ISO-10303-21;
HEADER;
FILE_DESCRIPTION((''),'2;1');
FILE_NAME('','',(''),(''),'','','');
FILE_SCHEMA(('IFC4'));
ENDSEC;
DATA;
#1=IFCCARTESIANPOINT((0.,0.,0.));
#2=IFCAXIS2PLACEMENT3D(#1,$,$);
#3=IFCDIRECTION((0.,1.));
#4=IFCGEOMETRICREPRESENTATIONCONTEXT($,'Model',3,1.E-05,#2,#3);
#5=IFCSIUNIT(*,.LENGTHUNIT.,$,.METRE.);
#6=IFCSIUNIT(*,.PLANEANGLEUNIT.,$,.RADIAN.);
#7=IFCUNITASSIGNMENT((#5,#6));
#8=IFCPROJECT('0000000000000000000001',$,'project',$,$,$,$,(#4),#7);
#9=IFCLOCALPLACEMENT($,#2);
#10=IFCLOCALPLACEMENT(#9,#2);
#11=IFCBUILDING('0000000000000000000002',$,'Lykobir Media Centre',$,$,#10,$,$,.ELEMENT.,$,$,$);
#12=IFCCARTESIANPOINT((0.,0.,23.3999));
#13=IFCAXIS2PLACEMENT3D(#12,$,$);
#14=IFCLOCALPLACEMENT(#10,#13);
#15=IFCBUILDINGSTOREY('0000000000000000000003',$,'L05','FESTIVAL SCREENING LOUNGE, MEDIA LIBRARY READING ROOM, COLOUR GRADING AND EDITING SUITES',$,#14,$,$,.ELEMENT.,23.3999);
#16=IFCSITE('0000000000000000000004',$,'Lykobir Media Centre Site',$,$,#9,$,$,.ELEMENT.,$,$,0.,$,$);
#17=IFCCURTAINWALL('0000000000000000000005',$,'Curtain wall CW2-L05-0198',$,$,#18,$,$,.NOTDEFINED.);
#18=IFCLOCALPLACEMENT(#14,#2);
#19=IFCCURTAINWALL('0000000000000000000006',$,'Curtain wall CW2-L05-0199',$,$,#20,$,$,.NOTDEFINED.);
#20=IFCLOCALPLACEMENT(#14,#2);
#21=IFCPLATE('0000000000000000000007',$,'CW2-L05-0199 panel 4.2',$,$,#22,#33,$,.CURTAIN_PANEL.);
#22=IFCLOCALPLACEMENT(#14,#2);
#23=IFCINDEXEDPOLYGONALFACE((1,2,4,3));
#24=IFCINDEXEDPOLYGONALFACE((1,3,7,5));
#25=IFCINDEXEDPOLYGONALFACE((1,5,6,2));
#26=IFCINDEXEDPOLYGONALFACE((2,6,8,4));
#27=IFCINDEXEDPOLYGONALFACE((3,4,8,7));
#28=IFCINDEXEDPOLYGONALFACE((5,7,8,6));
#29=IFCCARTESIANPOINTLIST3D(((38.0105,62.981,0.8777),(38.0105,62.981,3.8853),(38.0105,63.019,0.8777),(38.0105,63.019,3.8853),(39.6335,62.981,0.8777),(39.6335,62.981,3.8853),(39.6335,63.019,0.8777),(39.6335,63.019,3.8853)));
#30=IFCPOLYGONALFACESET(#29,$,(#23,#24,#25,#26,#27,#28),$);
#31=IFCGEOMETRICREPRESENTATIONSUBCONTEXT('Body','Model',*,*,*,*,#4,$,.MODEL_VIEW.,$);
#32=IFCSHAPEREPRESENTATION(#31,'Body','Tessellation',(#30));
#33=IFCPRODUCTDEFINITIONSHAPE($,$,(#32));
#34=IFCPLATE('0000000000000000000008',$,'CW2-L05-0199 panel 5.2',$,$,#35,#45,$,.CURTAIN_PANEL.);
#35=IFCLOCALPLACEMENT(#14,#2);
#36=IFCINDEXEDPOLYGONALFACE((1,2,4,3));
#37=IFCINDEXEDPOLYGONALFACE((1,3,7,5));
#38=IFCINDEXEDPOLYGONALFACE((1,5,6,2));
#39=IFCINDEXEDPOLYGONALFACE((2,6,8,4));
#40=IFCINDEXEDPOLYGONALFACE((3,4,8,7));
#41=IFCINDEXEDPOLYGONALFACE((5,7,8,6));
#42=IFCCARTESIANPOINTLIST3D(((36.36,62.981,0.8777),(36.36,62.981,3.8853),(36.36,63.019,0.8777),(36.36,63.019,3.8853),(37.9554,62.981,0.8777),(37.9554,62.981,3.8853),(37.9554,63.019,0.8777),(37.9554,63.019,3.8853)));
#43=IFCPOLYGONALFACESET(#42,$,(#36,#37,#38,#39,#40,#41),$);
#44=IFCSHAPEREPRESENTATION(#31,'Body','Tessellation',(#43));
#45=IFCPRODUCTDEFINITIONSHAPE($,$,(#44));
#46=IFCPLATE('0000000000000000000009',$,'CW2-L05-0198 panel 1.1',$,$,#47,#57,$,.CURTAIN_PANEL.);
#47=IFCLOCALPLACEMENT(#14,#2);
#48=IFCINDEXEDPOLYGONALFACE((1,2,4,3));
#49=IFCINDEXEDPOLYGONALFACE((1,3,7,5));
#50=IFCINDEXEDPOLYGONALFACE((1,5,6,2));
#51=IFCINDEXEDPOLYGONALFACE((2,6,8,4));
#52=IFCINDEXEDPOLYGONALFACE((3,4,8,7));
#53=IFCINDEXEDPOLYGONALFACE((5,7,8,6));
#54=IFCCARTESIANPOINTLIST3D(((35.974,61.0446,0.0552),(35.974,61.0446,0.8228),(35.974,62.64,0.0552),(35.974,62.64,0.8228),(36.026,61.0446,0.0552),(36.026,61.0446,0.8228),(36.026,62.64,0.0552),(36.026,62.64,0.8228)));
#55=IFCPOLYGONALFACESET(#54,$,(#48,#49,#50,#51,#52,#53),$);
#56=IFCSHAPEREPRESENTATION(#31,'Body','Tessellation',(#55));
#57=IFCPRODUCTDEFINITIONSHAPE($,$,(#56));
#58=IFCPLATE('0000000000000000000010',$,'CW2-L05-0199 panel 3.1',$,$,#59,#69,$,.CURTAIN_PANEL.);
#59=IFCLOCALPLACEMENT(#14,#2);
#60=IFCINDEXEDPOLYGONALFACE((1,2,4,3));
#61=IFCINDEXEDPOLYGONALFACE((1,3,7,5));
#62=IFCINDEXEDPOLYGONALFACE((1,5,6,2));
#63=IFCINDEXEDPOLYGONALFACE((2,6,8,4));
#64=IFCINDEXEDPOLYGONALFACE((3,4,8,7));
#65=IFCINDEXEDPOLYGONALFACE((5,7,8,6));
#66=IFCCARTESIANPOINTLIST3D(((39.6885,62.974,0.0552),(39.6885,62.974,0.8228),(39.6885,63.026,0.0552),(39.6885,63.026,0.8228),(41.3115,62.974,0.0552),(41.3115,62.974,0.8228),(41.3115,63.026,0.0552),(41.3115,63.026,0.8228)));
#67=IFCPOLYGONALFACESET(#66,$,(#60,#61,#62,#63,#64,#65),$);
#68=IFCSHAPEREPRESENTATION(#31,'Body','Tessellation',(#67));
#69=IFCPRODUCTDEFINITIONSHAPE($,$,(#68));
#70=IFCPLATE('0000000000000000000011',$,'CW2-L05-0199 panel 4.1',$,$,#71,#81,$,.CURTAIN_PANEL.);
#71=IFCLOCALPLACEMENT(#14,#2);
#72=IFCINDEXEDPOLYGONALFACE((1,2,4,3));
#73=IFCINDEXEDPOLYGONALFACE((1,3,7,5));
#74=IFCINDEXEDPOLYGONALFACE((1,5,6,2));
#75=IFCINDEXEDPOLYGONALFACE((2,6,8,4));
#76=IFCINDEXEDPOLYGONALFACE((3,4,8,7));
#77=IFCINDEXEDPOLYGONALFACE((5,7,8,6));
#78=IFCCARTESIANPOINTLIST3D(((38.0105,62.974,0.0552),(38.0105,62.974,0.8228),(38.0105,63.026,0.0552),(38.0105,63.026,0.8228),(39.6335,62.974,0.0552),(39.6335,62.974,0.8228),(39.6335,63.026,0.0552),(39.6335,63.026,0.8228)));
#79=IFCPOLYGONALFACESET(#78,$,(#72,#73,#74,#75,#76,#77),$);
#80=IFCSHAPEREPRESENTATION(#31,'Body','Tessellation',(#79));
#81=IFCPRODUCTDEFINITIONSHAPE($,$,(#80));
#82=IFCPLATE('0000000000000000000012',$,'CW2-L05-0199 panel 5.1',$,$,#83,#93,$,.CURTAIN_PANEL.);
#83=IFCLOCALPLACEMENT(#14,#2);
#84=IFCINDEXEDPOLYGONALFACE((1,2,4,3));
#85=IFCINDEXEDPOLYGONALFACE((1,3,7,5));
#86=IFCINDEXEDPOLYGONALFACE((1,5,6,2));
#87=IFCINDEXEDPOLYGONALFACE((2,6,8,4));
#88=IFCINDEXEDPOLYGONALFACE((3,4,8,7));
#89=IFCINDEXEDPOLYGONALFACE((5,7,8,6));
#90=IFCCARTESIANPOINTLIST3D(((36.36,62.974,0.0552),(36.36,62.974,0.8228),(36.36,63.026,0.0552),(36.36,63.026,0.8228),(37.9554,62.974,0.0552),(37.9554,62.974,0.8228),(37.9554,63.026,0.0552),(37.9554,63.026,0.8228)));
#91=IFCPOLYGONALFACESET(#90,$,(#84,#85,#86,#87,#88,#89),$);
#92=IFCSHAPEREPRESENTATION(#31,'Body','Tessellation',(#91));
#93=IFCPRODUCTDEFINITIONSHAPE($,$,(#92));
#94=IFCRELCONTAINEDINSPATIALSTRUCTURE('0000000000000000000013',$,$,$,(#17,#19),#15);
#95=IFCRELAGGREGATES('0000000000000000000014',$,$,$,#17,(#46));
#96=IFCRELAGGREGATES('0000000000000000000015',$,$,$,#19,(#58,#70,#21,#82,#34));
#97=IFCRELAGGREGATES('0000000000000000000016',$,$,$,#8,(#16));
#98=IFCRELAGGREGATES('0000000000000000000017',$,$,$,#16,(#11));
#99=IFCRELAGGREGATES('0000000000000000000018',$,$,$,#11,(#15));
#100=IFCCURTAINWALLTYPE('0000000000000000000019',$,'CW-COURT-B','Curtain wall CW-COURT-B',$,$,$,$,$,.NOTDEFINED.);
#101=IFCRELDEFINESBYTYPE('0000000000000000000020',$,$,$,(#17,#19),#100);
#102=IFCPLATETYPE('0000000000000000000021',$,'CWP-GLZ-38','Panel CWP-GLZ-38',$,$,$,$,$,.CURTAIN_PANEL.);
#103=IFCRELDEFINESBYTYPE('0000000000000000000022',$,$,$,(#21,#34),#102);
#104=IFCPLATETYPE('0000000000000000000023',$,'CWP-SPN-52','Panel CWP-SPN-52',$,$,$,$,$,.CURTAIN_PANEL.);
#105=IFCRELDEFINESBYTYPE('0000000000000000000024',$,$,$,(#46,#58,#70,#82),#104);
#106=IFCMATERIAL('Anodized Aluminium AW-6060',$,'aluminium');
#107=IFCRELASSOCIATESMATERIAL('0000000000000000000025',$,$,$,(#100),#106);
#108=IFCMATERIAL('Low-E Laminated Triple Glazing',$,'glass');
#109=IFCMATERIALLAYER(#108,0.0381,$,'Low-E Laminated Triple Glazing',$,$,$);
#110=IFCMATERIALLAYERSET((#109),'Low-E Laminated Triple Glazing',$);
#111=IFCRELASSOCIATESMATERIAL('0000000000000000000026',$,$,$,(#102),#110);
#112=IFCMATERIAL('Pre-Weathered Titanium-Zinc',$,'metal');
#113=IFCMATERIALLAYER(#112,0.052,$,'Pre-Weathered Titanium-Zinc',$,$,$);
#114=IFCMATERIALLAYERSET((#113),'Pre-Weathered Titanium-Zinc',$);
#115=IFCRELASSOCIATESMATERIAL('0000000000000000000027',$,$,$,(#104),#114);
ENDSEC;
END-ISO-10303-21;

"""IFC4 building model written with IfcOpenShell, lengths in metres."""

from ifc_helpers import new_model, si_unit, direction, frame, origin, origin_2d, place, context, subcontext, project, spatial, rectangle, extrude, material, layer, layer_set, type_object, element, aggregate, save


model = new_model("IFC4")

# Units and contexts
model_context = context("Model", 3, precision=1e-05, world=origin(), true_north=direction((0.0, 1.0)))
body_context = subcontext(model_context, "Body", "Model", "MODEL_VIEW")
ifc_project = project(units=[si_unit("LENGTHUNIT", "METRE"), si_unit("PLANEANGLEUNIT", "RADIAN")], contexts=[model_context])

# Site, building, storey
site_placement = place(None, origin())
site = spatial("IfcSite", under=ifc_project, at=site_placement, Name="Lykobir Media Centre Site", CompositionType="ELEMENT", RefElevation=0.0)
building_placement = place(site_placement, origin())
building = spatial("IfcBuilding", under=site, at=building_placement, Name="Lykobir Media Centre", CompositionType="ELEMENT")
storey_placement = place(building_placement, frame((0.0, 0.0, 23.3999)))
storey = spatial("IfcBuildingStorey", under=building, at=storey_placement, Name="L05", Description="FESTIVAL SCREENING LOUNGE, MEDIA LIBRARY READING ROOM, COLOUR GRADING AND EDITING SUITES", CompositionType="ELEMENT", Elevation=23.3999)

# Curtain walls
ifc_material_1 = material(Name="Anodized Aluminium AW-6060", Category="aluminium")
curtain_wall_type = type_object("IfcCurtainWallType", Name="CW-COURT-B", Description="Curtain wall CW-COURT-B", PredefinedType="NOTDEFINED", material=ifc_material_1)
curtain_wall_1_placement = place(storey_placement, origin())
curtain_wall_1 = element("IfcCurtainWall", 1, at=curtain_wall_1_placement, inside=storey, type_object=curtain_wall_type, Name="Curtain wall CW2-L05-0198", PredefinedType="NOTDEFINED")
curtain_wall_2_placement = place(storey_placement, origin())
curtain_wall_2 = element("IfcCurtainWall", 2, at=curtain_wall_2_placement, inside=storey, type_object=curtain_wall_type, Name="Curtain wall CW2-L05-0199", PredefinedType="NOTDEFINED")

# Plates
ifc_material_2 = material(Name="Low-E Laminated Triple Glazing", Category="glass")
ifc_layer_1 = layer(ifc_material_2, 0.0381, Name="Low-E Laminated Triple Glazing")
ifc_layer_set_1 = layer_set([ifc_layer_1], Name="Low-E Laminated Triple Glazing")
plate_type_1 = type_object("IfcPlateType", Name="CWP-GLZ-38", Description="Panel CWP-GLZ-38", PredefinedType="CURTAIN_PANEL", material=ifc_layer_set_1)
plate_1_placement = place(storey_placement, frame((38.822, 63.0, 0.8777), z_axis=(0.0, 0.0, 1.0), x_axis=(-1.0, 0.0, 0.0)))
plate_1 = element("IfcPlate", 3, at=plate_1_placement, type_object=plate_type_1, Name="CW2-L05-0199 panel 4.2", PredefinedType="CURTAIN_PANEL", context=body_context, shape_type="SweptSolid", body=[
    extrude(rectangle(XDim=1.623, YDim=0.0381, at=origin_2d()), origin(), (0.0, 0.0, 1.0), 3.0076),
])
plate_2_placement = place(storey_placement, frame((37.1577, 63.0, 0.8777), z_axis=(0.0, 0.0, 1.0), x_axis=(-1.0, 0.0, 0.0)))
plate_2 = element("IfcPlate", 4, at=plate_2_placement, type_object=plate_type_1, Name="CW2-L05-0199 panel 5.2", PredefinedType="CURTAIN_PANEL", context=body_context, shape_type="SweptSolid", body=[
    extrude(rectangle(XDim=1.5955, YDim=0.0381, at=origin_2d()), origin(), (0.0, 0.0, 1.0), 3.0076),
])
ifc_material_3 = material(Name="Pre-Weathered Titanium-Zinc", Category="metal")
ifc_layer_2 = layer(ifc_material_3, 0.052, Name="Pre-Weathered Titanium-Zinc")
ifc_layer_set_2 = layer_set([ifc_layer_2], Name="Pre-Weathered Titanium-Zinc")
plate_type_2 = type_object("IfcPlateType", Name="CWP-SPN-52", Description="Panel CWP-SPN-52", PredefinedType="CURTAIN_PANEL", material=ifc_layer_set_2)
plate_3_placement = place(storey_placement, frame((36.0, 61.8423, 0.0552), z_axis=(0.0, 0.0, 1.0), x_axis=(0.0, -1.0, 0.0)))
plate_3 = element("IfcPlate", 5, at=plate_3_placement, type_object=plate_type_2, Name="CW2-L05-0198 panel 1.1", PredefinedType="CURTAIN_PANEL", context=body_context, shape_type="SweptSolid", body=[
    extrude(rectangle(XDim=1.5955, YDim=0.052, at=origin_2d()), origin(), (0.0, 0.0, 1.0), 0.7676),
])
aggregate(curtain_wall_1, [plate_3])
plate_4_placement = place(storey_placement, frame((40.5, 63.0, 0.0552), z_axis=(0.0, 0.0, 1.0), x_axis=(-1.0, 0.0, 0.0)))
plate_4 = element("IfcPlate", 6, at=plate_4_placement, type_object=plate_type_2, Name="CW2-L05-0199 panel 3.1", PredefinedType="CURTAIN_PANEL", context=body_context, shape_type="SweptSolid", body=[
    extrude(rectangle(XDim=1.623, YDim=0.052, at=origin_2d()), origin(), (0.0, 0.0, 1.0), 0.7676),
])
plate_5_placement = place(storey_placement, frame((38.822, 63.0, 0.0552), z_axis=(0.0, 0.0, 1.0), x_axis=(-1.0, 0.0, 0.0)))
plate_5 = element("IfcPlate", 7, at=plate_5_placement, type_object=plate_type_2, Name="CW2-L05-0199 panel 4.1", PredefinedType="CURTAIN_PANEL", context=body_context, shape_type="SweptSolid", body=[
    extrude(rectangle(XDim=1.623, YDim=0.052, at=origin_2d()), origin(), (0.0, 0.0, 1.0), 0.7676),
])
plate_6_placement = place(storey_placement, frame((37.1577, 63.0, 0.0552), z_axis=(0.0, 0.0, 1.0), x_axis=(-1.0, 0.0, 0.0)))
plate_6 = element("IfcPlate", 8, at=plate_6_placement, type_object=plate_type_2, Name="CW2-L05-0199 panel 5.1", PredefinedType="CURTAIN_PANEL", context=body_context, shape_type="SweptSolid", body=[
    extrude(rectangle(XDim=1.5955, YDim=0.052, at=origin_2d()), origin(), (0.0, 0.0, 1.0), 0.7676),
])
aggregate(curtain_wall_2, [plate_4, plate_5, plate_1, plate_6, plate_2])

save(model, "model.ifc")
